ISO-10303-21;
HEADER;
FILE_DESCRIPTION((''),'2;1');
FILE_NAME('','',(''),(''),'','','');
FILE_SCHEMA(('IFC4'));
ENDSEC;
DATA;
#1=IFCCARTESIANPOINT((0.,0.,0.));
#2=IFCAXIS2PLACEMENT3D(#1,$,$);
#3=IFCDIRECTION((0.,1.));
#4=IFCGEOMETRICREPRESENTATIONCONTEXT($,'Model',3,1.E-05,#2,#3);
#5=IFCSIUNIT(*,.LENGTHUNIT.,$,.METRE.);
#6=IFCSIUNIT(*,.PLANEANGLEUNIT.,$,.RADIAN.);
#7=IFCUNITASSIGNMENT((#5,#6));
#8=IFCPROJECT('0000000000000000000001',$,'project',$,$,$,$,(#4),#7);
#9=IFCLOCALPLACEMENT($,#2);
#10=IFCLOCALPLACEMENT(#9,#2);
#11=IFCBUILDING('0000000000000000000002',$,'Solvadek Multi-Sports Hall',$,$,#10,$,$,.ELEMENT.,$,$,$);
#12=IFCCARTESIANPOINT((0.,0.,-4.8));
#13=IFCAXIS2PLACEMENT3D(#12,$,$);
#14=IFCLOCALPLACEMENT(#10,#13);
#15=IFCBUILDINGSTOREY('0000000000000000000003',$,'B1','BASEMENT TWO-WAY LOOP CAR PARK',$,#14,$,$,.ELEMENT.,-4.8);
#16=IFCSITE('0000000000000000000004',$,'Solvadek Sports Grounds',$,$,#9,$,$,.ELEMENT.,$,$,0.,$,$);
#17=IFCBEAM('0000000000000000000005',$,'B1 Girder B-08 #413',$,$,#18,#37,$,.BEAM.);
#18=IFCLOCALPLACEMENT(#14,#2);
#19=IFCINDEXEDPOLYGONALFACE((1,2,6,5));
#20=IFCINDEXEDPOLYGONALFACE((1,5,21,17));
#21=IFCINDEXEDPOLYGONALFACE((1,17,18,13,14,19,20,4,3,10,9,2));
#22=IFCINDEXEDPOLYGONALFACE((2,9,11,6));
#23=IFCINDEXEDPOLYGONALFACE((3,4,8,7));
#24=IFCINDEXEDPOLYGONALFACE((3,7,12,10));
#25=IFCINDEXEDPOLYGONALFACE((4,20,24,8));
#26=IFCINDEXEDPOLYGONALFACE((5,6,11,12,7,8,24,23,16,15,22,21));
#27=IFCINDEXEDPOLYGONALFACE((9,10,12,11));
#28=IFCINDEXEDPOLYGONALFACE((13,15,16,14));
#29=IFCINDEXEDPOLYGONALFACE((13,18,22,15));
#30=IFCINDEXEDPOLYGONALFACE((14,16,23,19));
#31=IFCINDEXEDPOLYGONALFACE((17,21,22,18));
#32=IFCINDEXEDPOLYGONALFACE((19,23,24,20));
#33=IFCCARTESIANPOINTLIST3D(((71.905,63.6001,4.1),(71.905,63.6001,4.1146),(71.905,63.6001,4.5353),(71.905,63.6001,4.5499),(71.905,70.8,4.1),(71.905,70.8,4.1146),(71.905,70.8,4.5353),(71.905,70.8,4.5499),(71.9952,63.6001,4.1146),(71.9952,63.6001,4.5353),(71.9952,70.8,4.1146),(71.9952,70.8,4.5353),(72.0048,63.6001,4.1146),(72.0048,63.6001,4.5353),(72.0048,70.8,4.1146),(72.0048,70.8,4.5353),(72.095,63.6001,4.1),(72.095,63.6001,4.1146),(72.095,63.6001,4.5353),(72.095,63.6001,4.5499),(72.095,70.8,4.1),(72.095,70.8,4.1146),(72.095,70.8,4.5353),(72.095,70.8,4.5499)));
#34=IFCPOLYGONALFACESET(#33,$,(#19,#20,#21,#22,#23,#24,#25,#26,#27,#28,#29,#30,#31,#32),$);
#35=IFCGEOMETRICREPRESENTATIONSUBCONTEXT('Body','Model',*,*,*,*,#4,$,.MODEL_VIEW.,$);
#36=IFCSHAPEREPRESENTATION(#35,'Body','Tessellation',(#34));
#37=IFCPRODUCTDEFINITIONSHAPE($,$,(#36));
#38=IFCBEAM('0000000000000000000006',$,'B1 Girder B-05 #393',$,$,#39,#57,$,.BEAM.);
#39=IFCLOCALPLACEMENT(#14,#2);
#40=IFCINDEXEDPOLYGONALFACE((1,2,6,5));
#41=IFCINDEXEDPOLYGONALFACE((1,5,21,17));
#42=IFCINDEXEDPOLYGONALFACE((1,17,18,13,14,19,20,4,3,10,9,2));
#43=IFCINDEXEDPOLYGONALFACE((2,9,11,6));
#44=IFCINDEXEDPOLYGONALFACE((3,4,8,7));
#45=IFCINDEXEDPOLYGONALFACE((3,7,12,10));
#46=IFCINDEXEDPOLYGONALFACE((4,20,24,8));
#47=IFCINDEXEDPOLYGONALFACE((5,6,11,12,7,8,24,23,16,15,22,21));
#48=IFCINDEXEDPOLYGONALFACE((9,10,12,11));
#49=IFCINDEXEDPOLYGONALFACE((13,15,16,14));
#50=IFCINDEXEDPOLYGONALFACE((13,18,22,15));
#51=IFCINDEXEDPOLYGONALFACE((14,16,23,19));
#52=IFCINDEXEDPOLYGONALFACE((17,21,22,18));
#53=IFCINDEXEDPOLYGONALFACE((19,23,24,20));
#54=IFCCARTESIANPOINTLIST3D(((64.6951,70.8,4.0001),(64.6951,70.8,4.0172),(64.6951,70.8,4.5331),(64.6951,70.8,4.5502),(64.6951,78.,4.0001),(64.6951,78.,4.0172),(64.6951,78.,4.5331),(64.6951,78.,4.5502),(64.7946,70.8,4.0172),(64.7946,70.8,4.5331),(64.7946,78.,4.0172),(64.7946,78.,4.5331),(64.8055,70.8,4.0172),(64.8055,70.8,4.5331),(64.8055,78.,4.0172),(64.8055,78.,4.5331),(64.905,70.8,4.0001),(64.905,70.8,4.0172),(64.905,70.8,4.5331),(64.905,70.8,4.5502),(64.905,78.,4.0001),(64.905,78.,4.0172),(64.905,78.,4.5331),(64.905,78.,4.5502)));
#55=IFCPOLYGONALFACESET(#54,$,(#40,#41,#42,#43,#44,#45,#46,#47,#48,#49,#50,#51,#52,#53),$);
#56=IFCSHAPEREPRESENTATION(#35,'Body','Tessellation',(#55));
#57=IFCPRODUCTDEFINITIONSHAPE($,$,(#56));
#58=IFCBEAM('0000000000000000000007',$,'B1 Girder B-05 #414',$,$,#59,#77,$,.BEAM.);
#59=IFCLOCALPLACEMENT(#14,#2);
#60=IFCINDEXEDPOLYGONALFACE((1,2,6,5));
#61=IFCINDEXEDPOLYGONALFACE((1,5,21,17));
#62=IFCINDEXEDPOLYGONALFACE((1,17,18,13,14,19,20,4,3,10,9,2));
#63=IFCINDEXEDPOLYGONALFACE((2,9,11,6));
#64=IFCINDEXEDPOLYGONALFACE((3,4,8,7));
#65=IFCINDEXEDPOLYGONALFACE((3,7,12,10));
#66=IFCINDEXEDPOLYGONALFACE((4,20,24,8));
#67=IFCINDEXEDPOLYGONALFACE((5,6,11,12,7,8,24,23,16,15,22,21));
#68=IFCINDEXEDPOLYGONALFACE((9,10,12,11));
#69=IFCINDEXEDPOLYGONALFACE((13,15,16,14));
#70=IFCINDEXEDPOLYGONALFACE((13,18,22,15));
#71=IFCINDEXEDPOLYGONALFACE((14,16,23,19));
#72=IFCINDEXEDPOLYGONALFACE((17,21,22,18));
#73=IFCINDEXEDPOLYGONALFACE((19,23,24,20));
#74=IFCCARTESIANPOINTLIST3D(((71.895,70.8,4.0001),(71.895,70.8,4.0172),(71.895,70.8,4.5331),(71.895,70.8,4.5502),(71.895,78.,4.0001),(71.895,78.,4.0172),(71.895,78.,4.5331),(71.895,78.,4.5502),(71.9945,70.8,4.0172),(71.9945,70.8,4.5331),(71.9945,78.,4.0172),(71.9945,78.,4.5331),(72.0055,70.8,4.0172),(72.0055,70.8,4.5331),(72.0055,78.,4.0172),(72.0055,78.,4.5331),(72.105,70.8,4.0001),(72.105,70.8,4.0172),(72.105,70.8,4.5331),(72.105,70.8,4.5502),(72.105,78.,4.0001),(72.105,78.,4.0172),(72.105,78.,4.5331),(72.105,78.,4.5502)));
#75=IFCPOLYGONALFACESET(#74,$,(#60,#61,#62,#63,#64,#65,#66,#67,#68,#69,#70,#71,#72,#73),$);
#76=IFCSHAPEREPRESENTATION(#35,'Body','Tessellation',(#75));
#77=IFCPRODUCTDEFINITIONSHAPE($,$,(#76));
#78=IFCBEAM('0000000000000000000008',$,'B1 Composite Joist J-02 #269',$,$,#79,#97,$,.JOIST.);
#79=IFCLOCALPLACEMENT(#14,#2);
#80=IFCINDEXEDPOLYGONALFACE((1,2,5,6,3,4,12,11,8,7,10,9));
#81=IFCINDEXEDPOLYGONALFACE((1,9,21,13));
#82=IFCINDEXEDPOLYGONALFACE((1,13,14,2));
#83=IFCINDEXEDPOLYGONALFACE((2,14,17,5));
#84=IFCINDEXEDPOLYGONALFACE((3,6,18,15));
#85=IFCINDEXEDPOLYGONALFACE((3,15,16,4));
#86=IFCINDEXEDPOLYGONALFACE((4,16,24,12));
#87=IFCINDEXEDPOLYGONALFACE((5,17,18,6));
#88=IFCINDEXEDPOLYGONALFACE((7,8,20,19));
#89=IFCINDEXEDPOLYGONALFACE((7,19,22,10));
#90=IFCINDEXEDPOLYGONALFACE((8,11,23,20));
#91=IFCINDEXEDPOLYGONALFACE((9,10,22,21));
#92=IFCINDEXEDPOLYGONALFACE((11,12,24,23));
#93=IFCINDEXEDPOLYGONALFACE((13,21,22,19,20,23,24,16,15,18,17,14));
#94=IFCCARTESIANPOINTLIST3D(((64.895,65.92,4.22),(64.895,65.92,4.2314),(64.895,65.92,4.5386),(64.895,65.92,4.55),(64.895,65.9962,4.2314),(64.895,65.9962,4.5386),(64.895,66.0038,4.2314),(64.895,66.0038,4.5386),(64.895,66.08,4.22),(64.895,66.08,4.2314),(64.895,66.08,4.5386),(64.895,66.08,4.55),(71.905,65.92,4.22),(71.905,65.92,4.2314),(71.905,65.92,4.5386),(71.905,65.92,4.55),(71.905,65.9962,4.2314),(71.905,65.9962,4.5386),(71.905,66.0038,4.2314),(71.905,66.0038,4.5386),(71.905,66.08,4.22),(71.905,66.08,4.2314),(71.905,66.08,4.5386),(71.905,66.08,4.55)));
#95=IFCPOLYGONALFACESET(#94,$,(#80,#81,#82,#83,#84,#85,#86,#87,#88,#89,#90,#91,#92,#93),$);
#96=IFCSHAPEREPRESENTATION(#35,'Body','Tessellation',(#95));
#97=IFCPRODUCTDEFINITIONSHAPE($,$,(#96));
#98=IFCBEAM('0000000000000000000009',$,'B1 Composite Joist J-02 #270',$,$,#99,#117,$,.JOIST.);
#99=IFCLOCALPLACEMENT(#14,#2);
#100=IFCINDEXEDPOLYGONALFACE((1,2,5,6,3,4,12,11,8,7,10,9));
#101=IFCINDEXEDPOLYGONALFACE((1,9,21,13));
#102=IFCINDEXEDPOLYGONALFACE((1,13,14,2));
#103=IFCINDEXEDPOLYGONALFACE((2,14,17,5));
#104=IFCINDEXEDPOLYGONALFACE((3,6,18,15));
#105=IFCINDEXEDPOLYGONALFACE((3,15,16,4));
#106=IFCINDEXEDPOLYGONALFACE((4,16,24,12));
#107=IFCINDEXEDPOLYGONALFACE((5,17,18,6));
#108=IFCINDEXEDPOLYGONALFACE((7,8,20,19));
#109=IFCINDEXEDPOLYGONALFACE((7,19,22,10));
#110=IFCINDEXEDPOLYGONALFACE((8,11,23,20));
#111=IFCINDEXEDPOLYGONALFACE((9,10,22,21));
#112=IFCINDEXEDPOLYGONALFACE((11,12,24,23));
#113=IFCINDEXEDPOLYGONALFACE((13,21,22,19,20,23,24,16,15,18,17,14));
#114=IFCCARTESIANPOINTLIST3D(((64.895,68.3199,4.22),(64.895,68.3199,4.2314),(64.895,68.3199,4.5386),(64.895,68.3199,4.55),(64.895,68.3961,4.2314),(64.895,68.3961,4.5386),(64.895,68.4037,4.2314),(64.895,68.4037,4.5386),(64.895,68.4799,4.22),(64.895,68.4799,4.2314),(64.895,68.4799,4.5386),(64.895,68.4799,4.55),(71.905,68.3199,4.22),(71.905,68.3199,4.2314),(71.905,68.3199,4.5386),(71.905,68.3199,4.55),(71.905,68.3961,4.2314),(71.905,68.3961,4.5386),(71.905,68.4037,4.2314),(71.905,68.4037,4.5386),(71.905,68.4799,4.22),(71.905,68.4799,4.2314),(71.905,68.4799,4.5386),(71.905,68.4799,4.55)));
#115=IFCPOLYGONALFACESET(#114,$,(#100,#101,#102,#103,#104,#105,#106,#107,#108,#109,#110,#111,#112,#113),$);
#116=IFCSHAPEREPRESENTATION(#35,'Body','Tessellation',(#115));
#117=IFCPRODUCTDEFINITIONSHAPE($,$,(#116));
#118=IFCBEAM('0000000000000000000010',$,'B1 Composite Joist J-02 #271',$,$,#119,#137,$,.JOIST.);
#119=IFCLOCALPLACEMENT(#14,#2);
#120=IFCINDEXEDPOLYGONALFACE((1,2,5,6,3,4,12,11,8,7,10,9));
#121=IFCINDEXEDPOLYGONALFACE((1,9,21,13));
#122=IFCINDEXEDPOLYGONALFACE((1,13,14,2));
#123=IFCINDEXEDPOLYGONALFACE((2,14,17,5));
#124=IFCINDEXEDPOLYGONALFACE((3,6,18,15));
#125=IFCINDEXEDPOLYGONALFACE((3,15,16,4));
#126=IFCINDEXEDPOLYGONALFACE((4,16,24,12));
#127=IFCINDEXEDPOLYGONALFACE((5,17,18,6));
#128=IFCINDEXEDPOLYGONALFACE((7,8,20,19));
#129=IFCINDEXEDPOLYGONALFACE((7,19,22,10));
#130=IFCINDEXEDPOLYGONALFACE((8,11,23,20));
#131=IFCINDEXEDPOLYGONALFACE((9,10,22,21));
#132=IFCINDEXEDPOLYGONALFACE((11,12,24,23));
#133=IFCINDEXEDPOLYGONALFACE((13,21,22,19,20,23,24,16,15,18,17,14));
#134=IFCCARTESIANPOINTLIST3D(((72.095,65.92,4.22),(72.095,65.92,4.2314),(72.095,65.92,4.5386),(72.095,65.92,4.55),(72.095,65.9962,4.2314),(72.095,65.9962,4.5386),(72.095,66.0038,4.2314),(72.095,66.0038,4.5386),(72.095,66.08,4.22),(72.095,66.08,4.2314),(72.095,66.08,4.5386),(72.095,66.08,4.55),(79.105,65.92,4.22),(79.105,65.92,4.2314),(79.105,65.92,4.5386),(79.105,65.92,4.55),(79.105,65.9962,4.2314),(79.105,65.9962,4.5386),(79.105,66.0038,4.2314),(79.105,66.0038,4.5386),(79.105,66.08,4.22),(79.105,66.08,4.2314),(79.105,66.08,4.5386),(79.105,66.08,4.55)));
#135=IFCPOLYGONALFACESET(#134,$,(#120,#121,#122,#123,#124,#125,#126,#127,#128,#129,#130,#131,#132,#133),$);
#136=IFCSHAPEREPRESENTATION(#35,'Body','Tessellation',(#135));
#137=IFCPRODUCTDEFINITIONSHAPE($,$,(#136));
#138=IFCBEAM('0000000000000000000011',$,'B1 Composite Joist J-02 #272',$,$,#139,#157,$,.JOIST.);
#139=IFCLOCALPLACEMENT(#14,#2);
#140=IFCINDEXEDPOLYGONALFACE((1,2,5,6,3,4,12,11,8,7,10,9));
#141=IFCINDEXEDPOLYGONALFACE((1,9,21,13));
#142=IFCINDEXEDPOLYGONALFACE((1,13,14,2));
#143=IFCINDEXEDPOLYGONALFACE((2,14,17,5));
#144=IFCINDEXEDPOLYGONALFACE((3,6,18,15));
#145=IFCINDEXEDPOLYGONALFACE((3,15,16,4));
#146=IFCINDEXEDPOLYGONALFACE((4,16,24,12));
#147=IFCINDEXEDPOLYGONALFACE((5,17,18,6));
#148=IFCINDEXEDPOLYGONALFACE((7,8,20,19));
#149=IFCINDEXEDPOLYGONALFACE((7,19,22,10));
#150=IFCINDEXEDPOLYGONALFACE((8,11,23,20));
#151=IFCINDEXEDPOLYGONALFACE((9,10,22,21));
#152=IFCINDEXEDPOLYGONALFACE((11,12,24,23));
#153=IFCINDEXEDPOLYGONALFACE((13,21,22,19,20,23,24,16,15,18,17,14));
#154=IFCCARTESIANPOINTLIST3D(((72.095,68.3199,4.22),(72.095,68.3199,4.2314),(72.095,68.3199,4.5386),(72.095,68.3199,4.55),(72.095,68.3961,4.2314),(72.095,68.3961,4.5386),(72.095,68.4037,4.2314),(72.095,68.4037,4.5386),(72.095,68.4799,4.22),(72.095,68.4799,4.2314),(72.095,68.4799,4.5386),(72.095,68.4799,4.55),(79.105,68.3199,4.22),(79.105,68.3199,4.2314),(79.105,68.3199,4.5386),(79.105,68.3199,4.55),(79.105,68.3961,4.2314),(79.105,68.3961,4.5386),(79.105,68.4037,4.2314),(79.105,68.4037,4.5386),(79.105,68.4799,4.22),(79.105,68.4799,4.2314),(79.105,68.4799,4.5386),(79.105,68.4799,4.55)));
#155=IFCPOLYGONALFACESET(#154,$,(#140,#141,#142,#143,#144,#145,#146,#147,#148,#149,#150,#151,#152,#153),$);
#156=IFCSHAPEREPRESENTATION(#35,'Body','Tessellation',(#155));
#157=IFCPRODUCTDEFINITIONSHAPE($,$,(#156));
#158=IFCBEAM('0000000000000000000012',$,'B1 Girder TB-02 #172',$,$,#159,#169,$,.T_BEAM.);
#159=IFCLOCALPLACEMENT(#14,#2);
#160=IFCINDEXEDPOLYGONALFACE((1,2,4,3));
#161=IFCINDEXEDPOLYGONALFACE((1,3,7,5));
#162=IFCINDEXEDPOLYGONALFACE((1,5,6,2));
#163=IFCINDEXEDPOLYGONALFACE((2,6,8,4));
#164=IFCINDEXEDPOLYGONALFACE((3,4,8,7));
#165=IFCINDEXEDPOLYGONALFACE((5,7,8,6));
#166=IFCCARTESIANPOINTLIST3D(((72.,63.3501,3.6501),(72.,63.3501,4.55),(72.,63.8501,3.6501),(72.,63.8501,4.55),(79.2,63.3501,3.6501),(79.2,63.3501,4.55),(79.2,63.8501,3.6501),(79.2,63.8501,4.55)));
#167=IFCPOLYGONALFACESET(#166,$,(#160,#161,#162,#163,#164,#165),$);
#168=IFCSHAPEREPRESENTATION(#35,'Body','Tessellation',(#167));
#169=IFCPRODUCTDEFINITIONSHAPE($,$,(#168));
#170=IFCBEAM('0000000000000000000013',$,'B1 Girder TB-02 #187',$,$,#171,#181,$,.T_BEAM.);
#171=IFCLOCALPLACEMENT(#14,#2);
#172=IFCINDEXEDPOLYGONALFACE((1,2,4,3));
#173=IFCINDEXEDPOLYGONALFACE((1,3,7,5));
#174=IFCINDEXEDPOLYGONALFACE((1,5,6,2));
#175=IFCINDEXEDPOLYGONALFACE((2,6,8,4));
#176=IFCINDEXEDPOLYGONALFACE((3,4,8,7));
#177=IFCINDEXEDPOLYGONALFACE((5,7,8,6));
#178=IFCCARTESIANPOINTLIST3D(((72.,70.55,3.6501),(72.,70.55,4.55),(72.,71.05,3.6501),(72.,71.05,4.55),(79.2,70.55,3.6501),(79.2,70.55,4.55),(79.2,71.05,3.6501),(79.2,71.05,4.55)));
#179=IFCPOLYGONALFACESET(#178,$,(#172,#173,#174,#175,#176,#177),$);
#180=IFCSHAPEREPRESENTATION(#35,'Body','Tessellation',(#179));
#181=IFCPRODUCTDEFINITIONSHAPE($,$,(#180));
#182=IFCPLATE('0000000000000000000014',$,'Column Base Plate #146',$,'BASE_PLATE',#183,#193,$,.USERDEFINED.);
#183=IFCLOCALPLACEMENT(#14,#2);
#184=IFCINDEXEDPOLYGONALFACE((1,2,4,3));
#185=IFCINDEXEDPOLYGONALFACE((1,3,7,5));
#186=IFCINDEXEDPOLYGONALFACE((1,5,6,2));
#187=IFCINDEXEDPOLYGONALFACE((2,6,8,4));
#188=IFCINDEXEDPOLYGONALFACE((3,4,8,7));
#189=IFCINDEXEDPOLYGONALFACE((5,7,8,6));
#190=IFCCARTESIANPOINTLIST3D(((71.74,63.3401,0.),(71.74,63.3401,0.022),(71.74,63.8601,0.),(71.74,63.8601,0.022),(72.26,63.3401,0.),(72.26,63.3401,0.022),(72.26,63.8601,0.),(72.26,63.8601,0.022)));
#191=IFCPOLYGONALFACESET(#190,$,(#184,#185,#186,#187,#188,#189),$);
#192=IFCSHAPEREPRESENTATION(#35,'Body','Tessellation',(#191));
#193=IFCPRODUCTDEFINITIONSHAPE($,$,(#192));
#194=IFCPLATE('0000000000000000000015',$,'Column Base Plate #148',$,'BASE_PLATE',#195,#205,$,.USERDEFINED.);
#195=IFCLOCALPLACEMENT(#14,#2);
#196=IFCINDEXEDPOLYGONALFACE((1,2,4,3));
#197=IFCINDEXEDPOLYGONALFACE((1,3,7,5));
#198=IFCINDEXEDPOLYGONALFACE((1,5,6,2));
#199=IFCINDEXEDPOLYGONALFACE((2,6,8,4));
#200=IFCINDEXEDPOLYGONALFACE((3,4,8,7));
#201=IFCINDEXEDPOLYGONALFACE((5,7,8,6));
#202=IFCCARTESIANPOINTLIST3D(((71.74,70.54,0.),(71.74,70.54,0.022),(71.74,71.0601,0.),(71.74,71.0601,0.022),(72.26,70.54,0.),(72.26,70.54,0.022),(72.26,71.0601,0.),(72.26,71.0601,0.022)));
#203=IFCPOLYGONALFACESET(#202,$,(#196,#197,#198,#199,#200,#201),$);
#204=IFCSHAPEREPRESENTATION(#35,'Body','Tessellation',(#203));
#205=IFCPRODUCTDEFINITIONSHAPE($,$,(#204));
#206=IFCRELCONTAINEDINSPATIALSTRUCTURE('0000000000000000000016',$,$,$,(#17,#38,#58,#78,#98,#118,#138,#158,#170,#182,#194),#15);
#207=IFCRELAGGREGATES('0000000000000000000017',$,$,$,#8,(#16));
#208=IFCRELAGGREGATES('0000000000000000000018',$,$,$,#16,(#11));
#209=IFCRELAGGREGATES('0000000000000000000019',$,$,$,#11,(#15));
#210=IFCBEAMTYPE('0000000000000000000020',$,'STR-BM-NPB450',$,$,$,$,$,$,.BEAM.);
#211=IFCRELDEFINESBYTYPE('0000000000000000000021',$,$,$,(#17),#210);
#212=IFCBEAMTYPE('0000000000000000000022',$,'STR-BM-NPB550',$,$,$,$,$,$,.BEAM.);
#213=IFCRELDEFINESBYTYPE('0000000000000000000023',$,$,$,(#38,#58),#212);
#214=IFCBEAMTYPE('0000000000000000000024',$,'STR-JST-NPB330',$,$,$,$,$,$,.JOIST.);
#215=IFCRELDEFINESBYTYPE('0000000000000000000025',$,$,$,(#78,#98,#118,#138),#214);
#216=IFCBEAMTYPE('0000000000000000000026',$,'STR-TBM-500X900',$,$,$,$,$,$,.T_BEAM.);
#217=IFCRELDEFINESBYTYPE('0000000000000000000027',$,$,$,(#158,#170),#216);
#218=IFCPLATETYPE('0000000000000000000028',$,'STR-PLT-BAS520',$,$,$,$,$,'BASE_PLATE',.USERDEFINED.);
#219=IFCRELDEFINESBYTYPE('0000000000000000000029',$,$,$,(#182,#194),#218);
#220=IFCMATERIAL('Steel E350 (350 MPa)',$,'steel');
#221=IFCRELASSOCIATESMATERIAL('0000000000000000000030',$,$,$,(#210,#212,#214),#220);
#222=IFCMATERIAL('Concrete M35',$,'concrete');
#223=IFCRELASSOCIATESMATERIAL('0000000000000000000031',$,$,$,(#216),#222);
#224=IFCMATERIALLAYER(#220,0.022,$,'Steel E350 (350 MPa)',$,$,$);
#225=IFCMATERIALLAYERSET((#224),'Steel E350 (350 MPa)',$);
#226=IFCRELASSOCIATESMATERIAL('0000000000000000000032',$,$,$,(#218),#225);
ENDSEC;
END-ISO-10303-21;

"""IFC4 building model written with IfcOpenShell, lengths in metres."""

from ifc_helpers import new_model, si_unit, direction, frame, origin, origin_2d, place, context, subcontext, project, spatial, rectangle, i_section, extrude, material, layer, layer_set, material_profile, profile_set, type_object, element, save


model = new_model("IFC4")

# Units and contexts
model_context = context("Model", 3, precision=1e-05, world=origin(), true_north=direction((0.0, 1.0)))
body_context = subcontext(model_context, "Body", "Model", "MODEL_VIEW")
ifc_project = project(units=[si_unit("LENGTHUNIT", "METRE"), si_unit("PLANEANGLEUNIT", "RADIAN")], contexts=[model_context])

# Site, building, storey
site_placement = place(None, origin())
site = spatial("IfcSite", under=ifc_project, at=site_placement, Name="Solvadek Sports Grounds", CompositionType="ELEMENT", RefElevation=0.0)
building_placement = place(site_placement, origin())
building = spatial("IfcBuilding", under=site, at=building_placement, Name="Solvadek Multi-Sports Hall", CompositionType="ELEMENT")
storey_placement = place(building_placement, frame((0.0, 0.0, -4.8)))
storey = spatial("IfcBuildingStorey", under=building, at=storey_placement, Name="B1", Description="BASEMENT TWO-WAY LOOP CAR PARK", CompositionType="ELEMENT", Elevation=-4.8)

# Shared definitions
ifc_material_1 = material(Name="Concrete M35", Category="concrete")

# Shared definitions
ifc_material_2 = material(Name="Steel E350 (350 MPa)", Category="steel")

# Beams
ifc_material_profile_1 = material_profile(ifc_material_2, i_section(OverallWidth=0.1899, OverallDepth=0.45, WebThickness=0.0095, FlangeThickness=0.0146, at=origin_2d()), Name="NPB 450")
ifc_profile_set_1 = profile_set([ifc_material_profile_1], Name="Steel E350 (350 MPa)")
beam_type_1 = type_object("IfcBeamType", Name="STR-BM-NPB450", PredefinedType="BEAM", material=ifc_profile_set_1)
beam_placement = place(storey_placement, frame((72.0, 63.6001, 4.325), z_axis=(0.0, 1.0, 0.0), x_axis=(-1.0, 0.0, 0.0)))
element("IfcBeam", 1, at=beam_placement, inside=storey, type_object=beam_type_1, Name="B1 Girder B-08 #413", PredefinedType="BEAM", context=body_context, shape_type="SweptSolid", body=[
    extrude(i_section(OverallWidth=0.1899, OverallDepth=0.45, WebThickness=0.0095, FlangeThickness=0.0146, at=origin_2d()), origin(), (0.0, 0.0, 1.0), 7.2),
])
ifc_material_profile_2 = material_profile(ifc_material_2, i_section(OverallWidth=0.21, OverallDepth=0.55, WebThickness=0.011, FlangeThickness=0.0171, at=origin_2d()), Name="NPB 550")
ifc_profile_set_2 = profile_set([ifc_material_profile_2], Name="Steel E350 (350 MPa)")
beam_type_2 = type_object("IfcBeamType", Name="STR-BM-NPB550", PredefinedType="BEAM", material=ifc_profile_set_2)
for number, where, z_axis, x_axis, name in (
    (2, (64.8, 70.8, 4.2751), (0.0, 1.0, 0.0), (-1.0, 0.0, 0.0), "B1 Girder B-05 #393"),
    (3, (72.0, 70.8, 4.2751), (0.0, 1.0, 0.0), (-1.0, 0.0, 0.0), "B1 Girder B-05 #414"),
):
    element("IfcBeam", number, at=place(storey_placement, frame(where, z_axis=z_axis, x_axis=x_axis)), inside=storey, type_object=beam_type_2, Name=name, PredefinedType="BEAM", context=body_context, shape_type="SweptSolid", body=[
        extrude(i_section(OverallWidth=0.21, OverallDepth=0.55, WebThickness=0.011, FlangeThickness=0.0171, at=origin_2d()), origin(), (0.0, 0.0, 1.0), 7.2),
    ])
ifc_material_profile_3 = material_profile(ifc_material_2, i_section(OverallWidth=0.1599, OverallDepth=0.3301, WebThickness=0.0076, FlangeThickness=0.0115, at=origin_2d()), Name="NPB 330")
ifc_profile_set_3 = profile_set([ifc_material_profile_3], Name="Steel E350 (350 MPa)")
beam_type_3 = type_object("IfcBeamType", Name="STR-JST-NPB330", PredefinedType="JOIST", material=ifc_profile_set_3)
for number, where, z_axis, x_axis, name in (
    (4, (64.895, 66.0, 4.385), (1.0, 0.0, 0.0), (0.0, 1.0, 0.0), "B1 Composite Joist J-02 #269"),
    (5, (64.895, 68.3999, 4.385), (1.0, 0.0, 0.0), (0.0, 1.0, 0.0), "B1 Composite Joist J-02 #270"),
    (6, (72.095, 66.0, 4.385), (1.0, 0.0, 0.0), (0.0, 1.0, 0.0), "B1 Composite Joist J-02 #271"),
    (7, (72.095, 68.3999, 4.385), (1.0, 0.0, 0.0), (0.0, 1.0, 0.0), "B1 Composite Joist J-02 #272"),
):
    element("IfcBeam", number, at=place(storey_placement, frame(where, z_axis=z_axis, x_axis=x_axis)), inside=storey, type_object=beam_type_3, Name=name, PredefinedType="JOIST", context=body_context, shape_type="SweptSolid", body=[
        extrude(i_section(OverallWidth=0.1599, OverallDepth=0.3301, WebThickness=0.0076, FlangeThickness=0.0115, at=origin_2d()), origin(), (0.0, 0.0, 1.0), 7.01),
    ])
ifc_material_profile_4 = material_profile(ifc_material_1, rectangle(XDim=0.5, YDim=0.8999, at=origin_2d()), Name="RC T-BEAM 500x900")
ifc_profile_set_4 = profile_set([ifc_material_profile_4], Name="Concrete M35")
beam_type_4 = type_object("IfcBeamType", Name="STR-TBM-500X900", PredefinedType="T_BEAM", material=ifc_profile_set_4)
for number, where, z_axis, x_axis, name in (
    (8, (72.0, 63.6001, 4.1001), (1.0, 0.0, 0.0), (0.0, 1.0, 0.0), "B1 Girder TB-02 #172"),
    (9, (72.0, 70.8, 4.1001), (1.0, 0.0, 0.0), (0.0, 1.0, 0.0), "B1 Girder TB-02 #187"),
):
    element("IfcBeam", number, at=place(storey_placement, frame(where, z_axis=z_axis, x_axis=x_axis)), inside=storey, type_object=beam_type_4, Name=name, PredefinedType="T_BEAM", context=body_context, shape_type="SweptSolid", body=[
        extrude(rectangle(XDim=0.5, YDim=0.8999, at=origin_2d()), origin(), (0.0, 0.0, 1.0), 7.2),
    ])

# Plates
ifc_layer = layer(ifc_material_2, 0.022, Name="Steel E350 (350 MPa)")
ifc_layer_set = layer_set([ifc_layer], Name="Steel E350 (350 MPa)")
plate_type = type_object("IfcPlateType", Name="STR-PLT-BAS520", ElementType="BASE_PLATE", PredefinedType="USERDEFINED", material=ifc_layer_set)
for number, where, z_axis, x_axis, name in (
    (10, (72.0, 63.6001, 0.0), (0.0, 0.0, 1.0), (1.0, 0.0, 0.0), "Column Base Plate #146"),
    (11, (72.0, 70.8, 0.0), (0.0, 0.0, 1.0), (1.0, 0.0, 0.0), "Column Base Plate #148"),
):
    element("IfcPlate", number, at=place(storey_placement, frame(where, z_axis=z_axis, x_axis=x_axis)), inside=storey, type_object=plate_type, Name=name, ObjectType="BASE_PLATE", PredefinedType="USERDEFINED", context=body_context, shape_type="SweptSolid", body=[
        extrude(rectangle(XDim=0.52, YDim=0.52, at=origin_2d()), origin(), (0.0, 0.0, 1.0), 0.022),
    ])

save(model, "model.ifc")
